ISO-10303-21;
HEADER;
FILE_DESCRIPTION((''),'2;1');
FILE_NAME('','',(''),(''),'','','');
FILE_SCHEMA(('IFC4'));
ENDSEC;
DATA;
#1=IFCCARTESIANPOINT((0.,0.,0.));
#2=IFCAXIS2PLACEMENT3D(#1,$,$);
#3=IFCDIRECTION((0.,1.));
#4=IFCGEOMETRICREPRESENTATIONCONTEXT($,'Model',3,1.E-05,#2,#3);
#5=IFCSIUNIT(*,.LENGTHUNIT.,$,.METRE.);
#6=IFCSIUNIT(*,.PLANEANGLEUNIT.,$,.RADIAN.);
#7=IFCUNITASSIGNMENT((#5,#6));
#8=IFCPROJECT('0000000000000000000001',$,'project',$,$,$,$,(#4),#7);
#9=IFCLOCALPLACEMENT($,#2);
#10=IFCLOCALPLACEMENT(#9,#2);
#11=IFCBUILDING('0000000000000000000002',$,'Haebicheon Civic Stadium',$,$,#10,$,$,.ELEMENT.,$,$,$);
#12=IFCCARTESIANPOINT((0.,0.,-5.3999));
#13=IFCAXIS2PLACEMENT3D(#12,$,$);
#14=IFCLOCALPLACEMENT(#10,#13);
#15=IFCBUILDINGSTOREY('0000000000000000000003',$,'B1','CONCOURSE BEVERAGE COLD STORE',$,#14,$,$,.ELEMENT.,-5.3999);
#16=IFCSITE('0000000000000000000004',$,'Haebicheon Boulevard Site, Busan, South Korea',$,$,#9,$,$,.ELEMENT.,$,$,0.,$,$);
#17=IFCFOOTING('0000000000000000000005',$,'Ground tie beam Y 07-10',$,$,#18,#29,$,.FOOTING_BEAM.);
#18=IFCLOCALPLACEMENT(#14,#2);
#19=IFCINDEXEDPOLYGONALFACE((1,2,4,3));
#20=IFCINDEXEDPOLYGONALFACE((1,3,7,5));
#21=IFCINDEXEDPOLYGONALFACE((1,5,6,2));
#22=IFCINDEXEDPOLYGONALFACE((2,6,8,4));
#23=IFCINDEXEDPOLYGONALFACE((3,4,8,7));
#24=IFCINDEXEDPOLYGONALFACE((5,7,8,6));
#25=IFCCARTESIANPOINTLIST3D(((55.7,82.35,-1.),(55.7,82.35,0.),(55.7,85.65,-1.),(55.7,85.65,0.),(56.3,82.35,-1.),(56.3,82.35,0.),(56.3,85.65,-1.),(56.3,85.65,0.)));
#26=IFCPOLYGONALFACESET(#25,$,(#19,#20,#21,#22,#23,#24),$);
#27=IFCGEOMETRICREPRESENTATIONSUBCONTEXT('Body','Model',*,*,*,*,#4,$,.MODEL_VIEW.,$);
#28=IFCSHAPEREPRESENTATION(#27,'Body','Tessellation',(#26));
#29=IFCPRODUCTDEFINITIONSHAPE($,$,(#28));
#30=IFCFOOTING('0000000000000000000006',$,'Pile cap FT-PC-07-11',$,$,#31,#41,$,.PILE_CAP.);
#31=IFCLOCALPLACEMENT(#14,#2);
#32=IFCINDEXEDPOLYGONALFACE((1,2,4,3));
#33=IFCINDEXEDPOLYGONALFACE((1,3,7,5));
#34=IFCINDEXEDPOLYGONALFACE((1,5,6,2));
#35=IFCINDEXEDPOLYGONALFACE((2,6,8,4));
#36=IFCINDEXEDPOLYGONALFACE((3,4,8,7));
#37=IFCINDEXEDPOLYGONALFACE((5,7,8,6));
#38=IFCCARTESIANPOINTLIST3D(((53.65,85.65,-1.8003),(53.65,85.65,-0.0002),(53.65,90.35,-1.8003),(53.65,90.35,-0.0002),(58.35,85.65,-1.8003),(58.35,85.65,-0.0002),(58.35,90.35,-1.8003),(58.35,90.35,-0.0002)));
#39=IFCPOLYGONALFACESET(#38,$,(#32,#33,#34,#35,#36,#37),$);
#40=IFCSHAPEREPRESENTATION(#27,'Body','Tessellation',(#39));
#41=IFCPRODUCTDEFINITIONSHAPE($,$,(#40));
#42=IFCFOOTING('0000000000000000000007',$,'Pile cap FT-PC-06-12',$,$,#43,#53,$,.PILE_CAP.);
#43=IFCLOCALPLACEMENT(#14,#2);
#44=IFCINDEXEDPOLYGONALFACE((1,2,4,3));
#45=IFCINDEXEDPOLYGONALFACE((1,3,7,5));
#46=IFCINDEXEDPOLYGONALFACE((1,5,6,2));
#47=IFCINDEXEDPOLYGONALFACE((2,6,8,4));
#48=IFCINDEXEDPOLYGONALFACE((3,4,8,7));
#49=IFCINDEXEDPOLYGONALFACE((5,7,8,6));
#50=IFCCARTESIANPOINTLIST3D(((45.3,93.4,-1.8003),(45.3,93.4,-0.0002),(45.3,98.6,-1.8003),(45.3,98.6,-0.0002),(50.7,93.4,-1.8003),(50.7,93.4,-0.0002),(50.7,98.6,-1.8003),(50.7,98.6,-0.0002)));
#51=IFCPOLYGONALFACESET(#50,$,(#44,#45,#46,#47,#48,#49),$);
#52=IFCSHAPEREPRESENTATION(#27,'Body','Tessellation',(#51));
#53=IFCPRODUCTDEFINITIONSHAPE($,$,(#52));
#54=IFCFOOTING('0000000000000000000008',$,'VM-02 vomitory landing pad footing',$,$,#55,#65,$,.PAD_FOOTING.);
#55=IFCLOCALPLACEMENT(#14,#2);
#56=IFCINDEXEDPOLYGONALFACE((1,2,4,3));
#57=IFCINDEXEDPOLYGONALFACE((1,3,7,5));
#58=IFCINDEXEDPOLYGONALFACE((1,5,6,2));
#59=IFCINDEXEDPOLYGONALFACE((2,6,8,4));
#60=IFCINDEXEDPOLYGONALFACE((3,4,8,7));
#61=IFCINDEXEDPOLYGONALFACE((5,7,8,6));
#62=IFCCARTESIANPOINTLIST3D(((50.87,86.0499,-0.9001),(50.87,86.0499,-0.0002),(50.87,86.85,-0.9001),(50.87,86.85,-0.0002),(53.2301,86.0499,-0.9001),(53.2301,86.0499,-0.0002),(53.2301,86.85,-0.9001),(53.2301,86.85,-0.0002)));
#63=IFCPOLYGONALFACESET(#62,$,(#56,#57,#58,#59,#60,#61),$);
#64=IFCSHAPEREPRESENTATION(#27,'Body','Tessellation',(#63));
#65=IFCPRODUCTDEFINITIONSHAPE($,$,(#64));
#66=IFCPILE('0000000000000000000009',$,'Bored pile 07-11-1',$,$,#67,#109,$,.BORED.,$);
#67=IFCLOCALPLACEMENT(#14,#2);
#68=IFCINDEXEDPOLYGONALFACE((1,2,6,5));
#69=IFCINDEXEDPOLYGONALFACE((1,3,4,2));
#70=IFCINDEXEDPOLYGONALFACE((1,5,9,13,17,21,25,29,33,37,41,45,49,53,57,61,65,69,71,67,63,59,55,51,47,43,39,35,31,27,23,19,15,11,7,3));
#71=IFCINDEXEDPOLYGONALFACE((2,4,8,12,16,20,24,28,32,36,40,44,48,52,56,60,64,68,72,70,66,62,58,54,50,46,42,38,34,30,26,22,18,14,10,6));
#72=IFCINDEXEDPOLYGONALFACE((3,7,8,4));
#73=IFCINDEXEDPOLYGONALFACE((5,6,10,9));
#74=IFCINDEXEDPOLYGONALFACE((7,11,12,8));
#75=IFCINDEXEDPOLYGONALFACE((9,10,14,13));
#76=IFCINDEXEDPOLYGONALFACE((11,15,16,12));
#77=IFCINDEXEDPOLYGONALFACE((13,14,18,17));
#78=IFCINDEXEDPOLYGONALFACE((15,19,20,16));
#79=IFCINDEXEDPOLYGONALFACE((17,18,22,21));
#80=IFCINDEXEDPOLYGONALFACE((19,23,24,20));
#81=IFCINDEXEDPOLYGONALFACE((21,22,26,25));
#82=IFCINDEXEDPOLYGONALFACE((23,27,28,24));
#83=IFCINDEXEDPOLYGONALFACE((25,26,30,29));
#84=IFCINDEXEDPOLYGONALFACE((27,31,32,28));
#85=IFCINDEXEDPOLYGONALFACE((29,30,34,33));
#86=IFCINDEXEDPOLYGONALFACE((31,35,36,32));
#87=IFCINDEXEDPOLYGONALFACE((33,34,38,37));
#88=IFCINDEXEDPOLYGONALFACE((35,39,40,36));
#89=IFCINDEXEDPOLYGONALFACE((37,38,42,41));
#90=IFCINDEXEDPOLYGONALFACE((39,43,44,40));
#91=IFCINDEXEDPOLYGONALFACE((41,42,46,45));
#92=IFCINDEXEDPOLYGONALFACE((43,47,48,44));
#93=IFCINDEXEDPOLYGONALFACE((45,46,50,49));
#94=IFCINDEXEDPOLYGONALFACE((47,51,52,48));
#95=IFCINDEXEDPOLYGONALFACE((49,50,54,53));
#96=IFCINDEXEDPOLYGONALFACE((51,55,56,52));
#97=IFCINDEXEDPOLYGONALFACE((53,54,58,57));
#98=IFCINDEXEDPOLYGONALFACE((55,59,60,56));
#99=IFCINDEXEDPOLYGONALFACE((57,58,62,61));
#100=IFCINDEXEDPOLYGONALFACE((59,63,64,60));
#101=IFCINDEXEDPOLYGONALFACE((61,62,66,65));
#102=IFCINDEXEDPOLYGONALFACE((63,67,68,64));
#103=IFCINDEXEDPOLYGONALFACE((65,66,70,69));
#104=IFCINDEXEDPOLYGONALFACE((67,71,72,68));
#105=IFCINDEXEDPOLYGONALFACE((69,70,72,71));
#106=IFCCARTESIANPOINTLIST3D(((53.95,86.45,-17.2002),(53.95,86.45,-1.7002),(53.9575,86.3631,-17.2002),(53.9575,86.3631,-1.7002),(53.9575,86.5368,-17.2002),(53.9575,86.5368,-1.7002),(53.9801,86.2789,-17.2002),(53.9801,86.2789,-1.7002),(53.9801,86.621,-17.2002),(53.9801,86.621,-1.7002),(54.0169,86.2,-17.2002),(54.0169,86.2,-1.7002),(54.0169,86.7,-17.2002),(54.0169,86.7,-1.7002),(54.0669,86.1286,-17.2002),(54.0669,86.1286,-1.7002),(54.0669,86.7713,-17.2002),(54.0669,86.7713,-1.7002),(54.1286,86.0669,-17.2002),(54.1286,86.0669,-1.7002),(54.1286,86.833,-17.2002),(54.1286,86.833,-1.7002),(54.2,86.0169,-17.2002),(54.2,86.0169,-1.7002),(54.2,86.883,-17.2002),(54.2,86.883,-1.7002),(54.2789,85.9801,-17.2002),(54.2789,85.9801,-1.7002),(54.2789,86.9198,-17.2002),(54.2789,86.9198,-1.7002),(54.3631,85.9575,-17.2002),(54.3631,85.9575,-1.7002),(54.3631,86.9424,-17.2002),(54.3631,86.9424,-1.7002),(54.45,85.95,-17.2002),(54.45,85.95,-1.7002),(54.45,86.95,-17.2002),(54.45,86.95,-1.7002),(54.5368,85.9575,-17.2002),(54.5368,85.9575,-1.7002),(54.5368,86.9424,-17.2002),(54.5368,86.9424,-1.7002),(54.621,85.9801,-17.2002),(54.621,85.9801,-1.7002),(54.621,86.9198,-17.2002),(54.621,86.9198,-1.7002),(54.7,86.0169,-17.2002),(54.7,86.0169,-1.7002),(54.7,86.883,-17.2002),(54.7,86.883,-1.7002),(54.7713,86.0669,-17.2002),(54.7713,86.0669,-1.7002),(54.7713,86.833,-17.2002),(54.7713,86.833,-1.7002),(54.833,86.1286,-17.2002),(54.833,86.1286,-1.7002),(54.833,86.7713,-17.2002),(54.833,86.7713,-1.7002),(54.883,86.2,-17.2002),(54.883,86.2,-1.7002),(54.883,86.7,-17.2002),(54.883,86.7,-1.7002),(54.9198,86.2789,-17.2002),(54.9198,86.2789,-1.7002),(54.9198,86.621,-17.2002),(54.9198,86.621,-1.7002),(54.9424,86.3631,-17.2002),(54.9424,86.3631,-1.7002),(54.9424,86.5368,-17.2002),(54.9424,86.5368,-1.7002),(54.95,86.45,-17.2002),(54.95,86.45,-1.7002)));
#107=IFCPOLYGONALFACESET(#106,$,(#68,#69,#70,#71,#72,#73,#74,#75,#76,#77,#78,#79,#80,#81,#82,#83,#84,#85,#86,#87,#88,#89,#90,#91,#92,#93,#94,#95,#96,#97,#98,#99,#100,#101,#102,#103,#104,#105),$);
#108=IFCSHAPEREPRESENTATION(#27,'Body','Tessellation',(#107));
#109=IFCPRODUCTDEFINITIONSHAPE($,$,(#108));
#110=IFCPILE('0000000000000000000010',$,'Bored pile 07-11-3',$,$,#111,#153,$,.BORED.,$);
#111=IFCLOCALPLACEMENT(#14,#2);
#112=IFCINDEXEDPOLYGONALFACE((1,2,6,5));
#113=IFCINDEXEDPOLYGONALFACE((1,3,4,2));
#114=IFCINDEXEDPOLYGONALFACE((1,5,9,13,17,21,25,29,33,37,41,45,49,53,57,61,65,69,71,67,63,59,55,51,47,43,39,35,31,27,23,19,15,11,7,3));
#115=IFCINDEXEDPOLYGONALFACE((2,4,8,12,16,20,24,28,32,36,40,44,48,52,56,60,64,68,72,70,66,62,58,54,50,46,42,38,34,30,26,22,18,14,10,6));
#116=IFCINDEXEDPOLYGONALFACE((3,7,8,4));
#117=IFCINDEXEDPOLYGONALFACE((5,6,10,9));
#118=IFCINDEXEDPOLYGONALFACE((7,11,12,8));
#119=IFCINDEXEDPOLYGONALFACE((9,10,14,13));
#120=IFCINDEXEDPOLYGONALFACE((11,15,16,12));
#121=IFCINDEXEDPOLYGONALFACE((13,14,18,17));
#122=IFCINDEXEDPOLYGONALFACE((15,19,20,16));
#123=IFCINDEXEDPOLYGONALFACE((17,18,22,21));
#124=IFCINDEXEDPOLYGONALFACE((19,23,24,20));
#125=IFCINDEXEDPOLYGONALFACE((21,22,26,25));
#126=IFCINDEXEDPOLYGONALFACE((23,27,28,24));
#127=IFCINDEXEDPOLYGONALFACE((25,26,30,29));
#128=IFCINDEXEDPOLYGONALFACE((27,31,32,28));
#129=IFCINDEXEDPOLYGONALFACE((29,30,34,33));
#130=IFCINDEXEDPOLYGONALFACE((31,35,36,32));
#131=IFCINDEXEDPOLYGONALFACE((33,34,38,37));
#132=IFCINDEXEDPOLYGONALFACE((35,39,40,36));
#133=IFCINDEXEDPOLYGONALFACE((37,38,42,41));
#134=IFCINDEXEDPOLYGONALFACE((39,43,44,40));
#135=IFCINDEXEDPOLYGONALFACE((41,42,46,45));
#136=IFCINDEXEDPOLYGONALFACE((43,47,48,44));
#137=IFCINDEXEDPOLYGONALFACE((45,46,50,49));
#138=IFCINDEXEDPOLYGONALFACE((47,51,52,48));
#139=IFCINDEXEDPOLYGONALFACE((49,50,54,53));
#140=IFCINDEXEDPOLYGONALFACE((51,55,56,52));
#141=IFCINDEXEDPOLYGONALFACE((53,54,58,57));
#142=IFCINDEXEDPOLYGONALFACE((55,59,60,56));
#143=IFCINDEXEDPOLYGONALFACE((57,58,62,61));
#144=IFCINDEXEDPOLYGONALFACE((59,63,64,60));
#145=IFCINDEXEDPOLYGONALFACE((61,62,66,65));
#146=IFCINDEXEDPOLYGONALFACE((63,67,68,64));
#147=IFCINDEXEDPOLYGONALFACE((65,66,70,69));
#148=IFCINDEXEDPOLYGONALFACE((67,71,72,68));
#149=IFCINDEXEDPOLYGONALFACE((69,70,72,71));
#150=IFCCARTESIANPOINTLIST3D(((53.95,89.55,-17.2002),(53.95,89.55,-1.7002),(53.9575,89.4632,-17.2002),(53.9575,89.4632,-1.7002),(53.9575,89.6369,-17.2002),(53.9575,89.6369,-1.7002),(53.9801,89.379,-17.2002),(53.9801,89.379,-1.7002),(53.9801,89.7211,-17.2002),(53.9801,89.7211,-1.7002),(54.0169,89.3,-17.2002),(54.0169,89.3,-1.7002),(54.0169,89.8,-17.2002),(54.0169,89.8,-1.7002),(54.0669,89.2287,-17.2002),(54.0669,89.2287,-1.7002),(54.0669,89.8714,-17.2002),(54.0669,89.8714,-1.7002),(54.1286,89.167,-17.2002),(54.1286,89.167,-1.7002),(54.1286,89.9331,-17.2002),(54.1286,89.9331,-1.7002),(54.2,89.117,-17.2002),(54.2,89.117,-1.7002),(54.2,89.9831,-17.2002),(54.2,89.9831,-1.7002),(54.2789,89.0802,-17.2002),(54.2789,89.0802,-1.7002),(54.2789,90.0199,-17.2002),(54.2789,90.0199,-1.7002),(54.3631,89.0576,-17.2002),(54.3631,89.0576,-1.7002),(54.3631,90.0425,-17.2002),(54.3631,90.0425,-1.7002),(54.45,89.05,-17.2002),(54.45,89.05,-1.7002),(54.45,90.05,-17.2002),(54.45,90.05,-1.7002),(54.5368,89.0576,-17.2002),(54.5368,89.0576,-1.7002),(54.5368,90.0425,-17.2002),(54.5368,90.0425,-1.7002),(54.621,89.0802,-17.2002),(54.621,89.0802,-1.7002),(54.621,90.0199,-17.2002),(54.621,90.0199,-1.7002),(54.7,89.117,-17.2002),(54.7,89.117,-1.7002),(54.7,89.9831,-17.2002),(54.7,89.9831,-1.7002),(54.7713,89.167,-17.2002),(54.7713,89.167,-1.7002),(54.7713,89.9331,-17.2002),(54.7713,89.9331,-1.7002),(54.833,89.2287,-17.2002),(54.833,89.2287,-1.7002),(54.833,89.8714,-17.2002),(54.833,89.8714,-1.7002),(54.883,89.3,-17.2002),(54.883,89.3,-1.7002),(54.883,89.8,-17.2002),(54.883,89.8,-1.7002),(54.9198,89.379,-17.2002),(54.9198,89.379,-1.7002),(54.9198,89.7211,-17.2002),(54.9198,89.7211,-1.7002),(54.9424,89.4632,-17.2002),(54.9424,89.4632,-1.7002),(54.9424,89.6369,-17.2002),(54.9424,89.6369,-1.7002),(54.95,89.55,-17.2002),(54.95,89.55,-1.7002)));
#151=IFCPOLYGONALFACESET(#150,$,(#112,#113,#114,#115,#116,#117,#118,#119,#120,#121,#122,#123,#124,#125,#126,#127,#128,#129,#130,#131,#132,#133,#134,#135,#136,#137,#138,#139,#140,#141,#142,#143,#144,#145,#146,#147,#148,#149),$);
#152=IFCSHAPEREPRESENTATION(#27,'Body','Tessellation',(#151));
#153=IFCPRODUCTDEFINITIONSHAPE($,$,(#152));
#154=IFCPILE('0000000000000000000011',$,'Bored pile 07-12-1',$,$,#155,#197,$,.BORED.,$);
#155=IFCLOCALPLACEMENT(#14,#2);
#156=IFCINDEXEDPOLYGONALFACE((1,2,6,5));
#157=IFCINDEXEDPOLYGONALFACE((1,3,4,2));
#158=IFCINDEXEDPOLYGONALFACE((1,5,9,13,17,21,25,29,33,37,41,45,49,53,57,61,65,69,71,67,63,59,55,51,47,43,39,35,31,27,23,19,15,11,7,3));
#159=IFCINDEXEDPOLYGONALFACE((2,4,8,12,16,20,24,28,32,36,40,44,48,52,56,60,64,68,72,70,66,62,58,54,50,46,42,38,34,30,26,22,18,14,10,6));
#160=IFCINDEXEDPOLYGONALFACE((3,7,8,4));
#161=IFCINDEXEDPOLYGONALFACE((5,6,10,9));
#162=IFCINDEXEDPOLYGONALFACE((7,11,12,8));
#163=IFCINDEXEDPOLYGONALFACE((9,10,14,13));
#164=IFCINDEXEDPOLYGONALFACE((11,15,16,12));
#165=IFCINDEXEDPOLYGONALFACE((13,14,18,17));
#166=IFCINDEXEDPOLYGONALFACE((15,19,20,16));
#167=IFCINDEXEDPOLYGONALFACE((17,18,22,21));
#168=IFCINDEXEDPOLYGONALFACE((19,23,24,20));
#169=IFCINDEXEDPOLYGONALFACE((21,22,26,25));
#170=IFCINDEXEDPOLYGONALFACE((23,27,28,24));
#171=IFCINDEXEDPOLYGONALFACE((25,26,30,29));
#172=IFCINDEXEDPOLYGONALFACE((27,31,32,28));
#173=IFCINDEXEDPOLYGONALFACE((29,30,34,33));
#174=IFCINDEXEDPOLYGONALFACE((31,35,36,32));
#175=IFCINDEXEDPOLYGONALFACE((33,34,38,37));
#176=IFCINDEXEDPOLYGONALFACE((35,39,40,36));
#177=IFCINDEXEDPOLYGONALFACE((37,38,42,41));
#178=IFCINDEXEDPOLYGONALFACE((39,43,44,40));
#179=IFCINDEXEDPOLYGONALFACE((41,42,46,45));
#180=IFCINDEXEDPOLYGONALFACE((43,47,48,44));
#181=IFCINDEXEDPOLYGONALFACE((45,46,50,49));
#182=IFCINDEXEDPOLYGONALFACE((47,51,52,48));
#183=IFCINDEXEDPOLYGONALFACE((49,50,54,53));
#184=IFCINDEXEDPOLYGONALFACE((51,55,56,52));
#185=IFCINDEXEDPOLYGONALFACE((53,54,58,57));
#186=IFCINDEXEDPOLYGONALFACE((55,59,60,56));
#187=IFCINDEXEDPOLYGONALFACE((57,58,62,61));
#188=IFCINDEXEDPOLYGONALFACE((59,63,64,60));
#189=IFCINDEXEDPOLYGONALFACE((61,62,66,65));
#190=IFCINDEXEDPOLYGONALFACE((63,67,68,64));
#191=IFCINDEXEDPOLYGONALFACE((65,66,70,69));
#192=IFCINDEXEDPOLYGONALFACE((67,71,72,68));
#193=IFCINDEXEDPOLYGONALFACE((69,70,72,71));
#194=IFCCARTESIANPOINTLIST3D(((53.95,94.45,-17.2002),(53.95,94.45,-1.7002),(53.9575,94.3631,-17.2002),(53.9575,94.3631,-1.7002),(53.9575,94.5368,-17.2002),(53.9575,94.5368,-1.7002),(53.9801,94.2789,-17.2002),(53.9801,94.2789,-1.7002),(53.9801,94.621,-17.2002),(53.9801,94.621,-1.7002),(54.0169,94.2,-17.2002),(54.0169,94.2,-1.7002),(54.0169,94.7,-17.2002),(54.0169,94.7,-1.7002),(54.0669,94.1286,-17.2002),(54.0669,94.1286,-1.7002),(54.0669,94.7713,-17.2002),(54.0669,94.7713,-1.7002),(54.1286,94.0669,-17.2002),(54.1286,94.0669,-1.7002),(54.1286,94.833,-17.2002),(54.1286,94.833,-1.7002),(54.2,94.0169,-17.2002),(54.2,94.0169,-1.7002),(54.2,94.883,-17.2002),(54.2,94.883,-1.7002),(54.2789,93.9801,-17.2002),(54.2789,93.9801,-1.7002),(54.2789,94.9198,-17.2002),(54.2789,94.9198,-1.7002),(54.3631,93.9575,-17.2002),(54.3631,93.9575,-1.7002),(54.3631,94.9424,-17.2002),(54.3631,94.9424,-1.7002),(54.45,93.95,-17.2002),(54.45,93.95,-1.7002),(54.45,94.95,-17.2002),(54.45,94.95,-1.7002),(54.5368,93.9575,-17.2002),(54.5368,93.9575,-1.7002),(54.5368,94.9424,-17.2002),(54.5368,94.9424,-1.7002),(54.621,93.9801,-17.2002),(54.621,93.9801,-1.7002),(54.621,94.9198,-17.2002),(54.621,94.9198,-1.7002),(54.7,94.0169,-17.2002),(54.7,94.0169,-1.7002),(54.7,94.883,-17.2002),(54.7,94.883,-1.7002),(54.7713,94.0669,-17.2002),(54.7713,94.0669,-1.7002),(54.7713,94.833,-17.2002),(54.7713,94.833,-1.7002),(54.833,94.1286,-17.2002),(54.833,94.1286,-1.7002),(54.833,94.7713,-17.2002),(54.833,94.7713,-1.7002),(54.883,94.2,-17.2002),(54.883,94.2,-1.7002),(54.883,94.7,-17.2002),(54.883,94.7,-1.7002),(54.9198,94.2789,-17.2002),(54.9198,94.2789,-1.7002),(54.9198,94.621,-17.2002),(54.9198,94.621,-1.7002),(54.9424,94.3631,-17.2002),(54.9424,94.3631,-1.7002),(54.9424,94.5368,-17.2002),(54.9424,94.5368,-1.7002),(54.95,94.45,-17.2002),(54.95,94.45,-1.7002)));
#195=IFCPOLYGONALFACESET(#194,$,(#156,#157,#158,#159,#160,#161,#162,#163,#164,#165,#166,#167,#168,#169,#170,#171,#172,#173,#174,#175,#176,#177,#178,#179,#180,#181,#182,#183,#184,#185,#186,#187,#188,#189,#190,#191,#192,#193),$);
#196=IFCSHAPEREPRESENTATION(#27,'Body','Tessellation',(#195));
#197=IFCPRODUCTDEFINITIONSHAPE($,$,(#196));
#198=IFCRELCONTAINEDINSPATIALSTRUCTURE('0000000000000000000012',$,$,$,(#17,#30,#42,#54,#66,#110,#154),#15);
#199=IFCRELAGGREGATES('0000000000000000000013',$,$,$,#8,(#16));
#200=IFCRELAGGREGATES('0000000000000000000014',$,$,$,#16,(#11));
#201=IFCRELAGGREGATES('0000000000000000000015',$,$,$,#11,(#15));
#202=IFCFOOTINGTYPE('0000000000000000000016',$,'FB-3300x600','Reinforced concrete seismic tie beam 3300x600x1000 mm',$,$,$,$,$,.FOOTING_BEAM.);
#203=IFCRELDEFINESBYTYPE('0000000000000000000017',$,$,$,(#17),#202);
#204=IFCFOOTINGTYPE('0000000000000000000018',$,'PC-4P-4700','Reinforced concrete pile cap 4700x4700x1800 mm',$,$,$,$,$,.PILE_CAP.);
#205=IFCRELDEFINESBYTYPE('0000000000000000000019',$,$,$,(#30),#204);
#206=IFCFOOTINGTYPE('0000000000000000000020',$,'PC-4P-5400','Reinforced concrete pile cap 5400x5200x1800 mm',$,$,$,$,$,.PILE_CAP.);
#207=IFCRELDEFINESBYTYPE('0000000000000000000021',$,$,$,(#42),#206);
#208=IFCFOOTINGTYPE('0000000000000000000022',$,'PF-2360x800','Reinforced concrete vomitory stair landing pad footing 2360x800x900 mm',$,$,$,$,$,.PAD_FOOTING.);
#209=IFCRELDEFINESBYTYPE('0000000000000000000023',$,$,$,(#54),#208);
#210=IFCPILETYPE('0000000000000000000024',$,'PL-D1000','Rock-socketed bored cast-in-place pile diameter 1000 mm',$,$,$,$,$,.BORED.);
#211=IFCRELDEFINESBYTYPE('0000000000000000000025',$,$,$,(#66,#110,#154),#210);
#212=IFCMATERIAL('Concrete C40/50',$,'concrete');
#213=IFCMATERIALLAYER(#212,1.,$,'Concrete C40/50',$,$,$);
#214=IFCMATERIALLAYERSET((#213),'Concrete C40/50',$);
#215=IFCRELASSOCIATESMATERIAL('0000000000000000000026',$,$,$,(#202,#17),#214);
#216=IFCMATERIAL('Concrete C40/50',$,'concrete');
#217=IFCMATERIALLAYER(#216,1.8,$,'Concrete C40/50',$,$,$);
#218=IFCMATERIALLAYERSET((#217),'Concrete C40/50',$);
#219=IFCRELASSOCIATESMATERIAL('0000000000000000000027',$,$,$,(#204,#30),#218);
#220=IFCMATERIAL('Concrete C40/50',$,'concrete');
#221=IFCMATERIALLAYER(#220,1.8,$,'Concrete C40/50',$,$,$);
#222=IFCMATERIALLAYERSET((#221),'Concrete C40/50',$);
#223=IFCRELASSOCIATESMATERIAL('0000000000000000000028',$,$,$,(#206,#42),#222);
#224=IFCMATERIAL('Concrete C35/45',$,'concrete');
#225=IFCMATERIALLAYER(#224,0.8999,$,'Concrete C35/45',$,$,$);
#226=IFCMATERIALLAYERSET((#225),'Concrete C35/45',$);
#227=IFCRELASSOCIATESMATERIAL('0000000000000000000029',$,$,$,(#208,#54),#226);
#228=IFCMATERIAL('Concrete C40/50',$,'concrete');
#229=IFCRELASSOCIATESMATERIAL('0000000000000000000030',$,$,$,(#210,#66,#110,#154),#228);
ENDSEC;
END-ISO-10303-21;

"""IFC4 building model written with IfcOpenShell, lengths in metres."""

from ifc_helpers import new_model, si_unit, direction, frame, origin, origin_2d, place, context, subcontext, project, spatial, rectangle, circle, extrude, material, layer, layer_set, material_profile, profile_set, type_object, element, save


model = new_model("IFC4")

# Units and contexts
model_context = context("Model", 3, precision=1e-05, world=origin(), true_north=direction((0.0, 1.0)))
body_context = subcontext(model_context, "Body", "Model", "MODEL_VIEW")
ifc_project = project(units=[si_unit("LENGTHUNIT", "METRE"), si_unit("PLANEANGLEUNIT", "RADIAN")], contexts=[model_context])

# Site, building, storey
site_placement = place(None, origin())
site = spatial("IfcSite", under=ifc_project, at=site_placement, Name="Haebicheon Boulevard Site, Busan, South Korea", CompositionType="ELEMENT", RefElevation=0.0)
building_placement = place(site_placement, origin())
building = spatial("IfcBuilding", under=site, at=building_placement, Name="Haebicheon Civic Stadium", CompositionType="ELEMENT")
storey_placement = place(building_placement, frame((0.0, 0.0, -5.3999)))
storey = spatial("IfcBuildingStorey", under=building, at=storey_placement, Name="B1", Description="CONCOURSE BEVERAGE COLD STORE", CompositionType="ELEMENT", Elevation=-5.3999)

# Footings
ifc_material_1 = material(Name="Concrete C40/50", Category="concrete")
ifc_layer_1 = layer(ifc_material_1, 1.0, Name="Concrete C40/50")
ifc_layer_set_1 = layer_set([ifc_layer_1], Name="Concrete C40/50")
footing_type_1 = type_object("IfcFootingType", Name="FB-3300x600", Description="Reinforced concrete seismic tie beam 3300x600x1000 mm", PredefinedType="FOOTING_BEAM", material=ifc_layer_set_1)
footing_1_placement = place(storey_placement, frame((56.0, 84.0, -1.0), z_axis=(0.0, 0.0, 1.0), x_axis=(0.0, 1.0, 0.0)))
element("IfcFooting", 1, at=footing_1_placement, inside=storey, type_object=footing_type_1, material=ifc_layer_set_1, Name="Ground tie beam Y 07-10", PredefinedType="FOOTING_BEAM", context=body_context, shape_type="SweptSolid", body=[
    extrude(rectangle(XDim=3.3, YDim=0.6001, at=origin_2d()), origin(), (0.0, 0.0, 1.0), 1.0),
])
ifc_material_2 = material(Name="Concrete C40/50", Category="concrete")
ifc_layer_2 = layer(ifc_material_2, 1.8, Name="Concrete C40/50")
ifc_layer_set_2 = layer_set([ifc_layer_2], Name="Concrete C40/50")
footing_type_2 = type_object("IfcFootingType", Name="PC-4P-4700", Description="Reinforced concrete pile cap 4700x4700x1800 mm", PredefinedType="PILE_CAP", material=ifc_layer_set_2)
footing_2_placement = place(storey_placement, frame((56.0, 88.0, -1.8003), z_axis=(0.0, 0.0, 1.0), x_axis=(1.0, 0.0, 0.0)))
element("IfcFooting", 2, at=footing_2_placement, inside=storey, type_object=footing_type_2, material=ifc_layer_set_2, Name="Pile cap FT-PC-07-11", PredefinedType="PILE_CAP", context=body_context, shape_type="SweptSolid", body=[
    extrude(rectangle(XDim=4.7, YDim=4.7, at=origin_2d()), origin(), (0.0, 0.0, 1.0), 1.8),
])
ifc_material_3 = material(Name="Concrete C40/50", Category="concrete")
ifc_layer_3 = layer(ifc_material_3, 1.8, Name="Concrete C40/50")
ifc_layer_set_3 = layer_set([ifc_layer_3], Name="Concrete C40/50")
footing_type_3 = type_object("IfcFootingType", Name="PC-4P-5400", Description="Reinforced concrete pile cap 5400x5200x1800 mm", PredefinedType="PILE_CAP", material=ifc_layer_set_3)
footing_3_placement = place(storey_placement, frame((48.0, 96.0, -1.8003), z_axis=(0.0, 0.0, 1.0), x_axis=(1.0, 0.0, 0.0)))
element("IfcFooting", 3, at=footing_3_placement, inside=storey, type_object=footing_type_3, material=ifc_layer_set_3, Name="Pile cap FT-PC-06-12", PredefinedType="PILE_CAP", context=body_context, shape_type="SweptSolid", body=[
    extrude(rectangle(XDim=5.3999, YDim=5.2, at=origin_2d()), origin(), (0.0, 0.0, 1.0), 1.8),
])
ifc_material_4 = material(Name="Concrete C35/45", Category="concrete")
ifc_layer_4 = layer(ifc_material_4, 0.8999, Name="Concrete C35/45")
ifc_layer_set_4 = layer_set([ifc_layer_4], Name="Concrete C35/45")
footing_type_4 = type_object("IfcFootingType", Name="PF-2360x800", Description="Reinforced concrete vomitory stair landing pad footing 2360x800x900 mm", PredefinedType="PAD_FOOTING", material=ifc_layer_set_4)
footing_4_placement = place(storey_placement, frame((52.05, 86.45, -0.9001), z_axis=(0.0, 0.0, 1.0), x_axis=(1.0, 0.0, 0.0)))
element("IfcFooting", 4, at=footing_4_placement, inside=storey, type_object=footing_type_4, material=ifc_layer_set_4, Name="VM-02 vomitory landing pad footing", PredefinedType="PAD_FOOTING", context=body_context, shape_type="SweptSolid", body=[
    extrude(rectangle(XDim=2.3601, YDim=0.8, at=origin_2d()), origin(), (0.0, 0.0, 1.0), 0.8999),
])

# Piles
ifc_material_5 = material(Name="Concrete C40/50", Category="concrete")
ifc_material_profile_1 = material_profile(ifc_material_5, circle(Radius=0.5, at=origin_2d()), Name="PILE-D1000")
ifc_profile_set_1 = profile_set([ifc_material_profile_1], Name="Concrete C40/50")
pile_type_1 = type_object("IfcPileType", Name="PL-D1000", Description="Rock-socketed bored cast-in-place pile diameter 1000 mm", PredefinedType="BORED", material=ifc_profile_set_1)
for number, where, z_axis, x_axis, name in (
    (5, (54.45, 86.45, -1.7002), (0.0, 0.0, -1.0), (1.0, 0.0, 0.0), "Bored pile 07-11-1"),
    (6, (54.45, 89.55, -1.7002), (0.0, 0.0, -1.0), (1.0, 0.0, 0.0), "Bored pile 07-11-3"),
    (7, (54.45, 94.45, -1.7002), (0.0, 0.0, -1.0), (1.0, 0.0, 0.0), "Bored pile 07-12-1"),
):
    element("IfcPile", number, at=place(storey_placement, frame(where, z_axis=z_axis, x_axis=x_axis)), inside=storey, type_object=pile_type_1, material=ifc_profile_set_1, Name=name, PredefinedType="BORED", context=body_context, shape_type="SweptSolid", body=[
        extrude(circle(Radius=0.5, at=origin_2d()), origin(), (0.0, 0.0, 1.0), 15.5),
    ])

save(model, "model.ifc")
